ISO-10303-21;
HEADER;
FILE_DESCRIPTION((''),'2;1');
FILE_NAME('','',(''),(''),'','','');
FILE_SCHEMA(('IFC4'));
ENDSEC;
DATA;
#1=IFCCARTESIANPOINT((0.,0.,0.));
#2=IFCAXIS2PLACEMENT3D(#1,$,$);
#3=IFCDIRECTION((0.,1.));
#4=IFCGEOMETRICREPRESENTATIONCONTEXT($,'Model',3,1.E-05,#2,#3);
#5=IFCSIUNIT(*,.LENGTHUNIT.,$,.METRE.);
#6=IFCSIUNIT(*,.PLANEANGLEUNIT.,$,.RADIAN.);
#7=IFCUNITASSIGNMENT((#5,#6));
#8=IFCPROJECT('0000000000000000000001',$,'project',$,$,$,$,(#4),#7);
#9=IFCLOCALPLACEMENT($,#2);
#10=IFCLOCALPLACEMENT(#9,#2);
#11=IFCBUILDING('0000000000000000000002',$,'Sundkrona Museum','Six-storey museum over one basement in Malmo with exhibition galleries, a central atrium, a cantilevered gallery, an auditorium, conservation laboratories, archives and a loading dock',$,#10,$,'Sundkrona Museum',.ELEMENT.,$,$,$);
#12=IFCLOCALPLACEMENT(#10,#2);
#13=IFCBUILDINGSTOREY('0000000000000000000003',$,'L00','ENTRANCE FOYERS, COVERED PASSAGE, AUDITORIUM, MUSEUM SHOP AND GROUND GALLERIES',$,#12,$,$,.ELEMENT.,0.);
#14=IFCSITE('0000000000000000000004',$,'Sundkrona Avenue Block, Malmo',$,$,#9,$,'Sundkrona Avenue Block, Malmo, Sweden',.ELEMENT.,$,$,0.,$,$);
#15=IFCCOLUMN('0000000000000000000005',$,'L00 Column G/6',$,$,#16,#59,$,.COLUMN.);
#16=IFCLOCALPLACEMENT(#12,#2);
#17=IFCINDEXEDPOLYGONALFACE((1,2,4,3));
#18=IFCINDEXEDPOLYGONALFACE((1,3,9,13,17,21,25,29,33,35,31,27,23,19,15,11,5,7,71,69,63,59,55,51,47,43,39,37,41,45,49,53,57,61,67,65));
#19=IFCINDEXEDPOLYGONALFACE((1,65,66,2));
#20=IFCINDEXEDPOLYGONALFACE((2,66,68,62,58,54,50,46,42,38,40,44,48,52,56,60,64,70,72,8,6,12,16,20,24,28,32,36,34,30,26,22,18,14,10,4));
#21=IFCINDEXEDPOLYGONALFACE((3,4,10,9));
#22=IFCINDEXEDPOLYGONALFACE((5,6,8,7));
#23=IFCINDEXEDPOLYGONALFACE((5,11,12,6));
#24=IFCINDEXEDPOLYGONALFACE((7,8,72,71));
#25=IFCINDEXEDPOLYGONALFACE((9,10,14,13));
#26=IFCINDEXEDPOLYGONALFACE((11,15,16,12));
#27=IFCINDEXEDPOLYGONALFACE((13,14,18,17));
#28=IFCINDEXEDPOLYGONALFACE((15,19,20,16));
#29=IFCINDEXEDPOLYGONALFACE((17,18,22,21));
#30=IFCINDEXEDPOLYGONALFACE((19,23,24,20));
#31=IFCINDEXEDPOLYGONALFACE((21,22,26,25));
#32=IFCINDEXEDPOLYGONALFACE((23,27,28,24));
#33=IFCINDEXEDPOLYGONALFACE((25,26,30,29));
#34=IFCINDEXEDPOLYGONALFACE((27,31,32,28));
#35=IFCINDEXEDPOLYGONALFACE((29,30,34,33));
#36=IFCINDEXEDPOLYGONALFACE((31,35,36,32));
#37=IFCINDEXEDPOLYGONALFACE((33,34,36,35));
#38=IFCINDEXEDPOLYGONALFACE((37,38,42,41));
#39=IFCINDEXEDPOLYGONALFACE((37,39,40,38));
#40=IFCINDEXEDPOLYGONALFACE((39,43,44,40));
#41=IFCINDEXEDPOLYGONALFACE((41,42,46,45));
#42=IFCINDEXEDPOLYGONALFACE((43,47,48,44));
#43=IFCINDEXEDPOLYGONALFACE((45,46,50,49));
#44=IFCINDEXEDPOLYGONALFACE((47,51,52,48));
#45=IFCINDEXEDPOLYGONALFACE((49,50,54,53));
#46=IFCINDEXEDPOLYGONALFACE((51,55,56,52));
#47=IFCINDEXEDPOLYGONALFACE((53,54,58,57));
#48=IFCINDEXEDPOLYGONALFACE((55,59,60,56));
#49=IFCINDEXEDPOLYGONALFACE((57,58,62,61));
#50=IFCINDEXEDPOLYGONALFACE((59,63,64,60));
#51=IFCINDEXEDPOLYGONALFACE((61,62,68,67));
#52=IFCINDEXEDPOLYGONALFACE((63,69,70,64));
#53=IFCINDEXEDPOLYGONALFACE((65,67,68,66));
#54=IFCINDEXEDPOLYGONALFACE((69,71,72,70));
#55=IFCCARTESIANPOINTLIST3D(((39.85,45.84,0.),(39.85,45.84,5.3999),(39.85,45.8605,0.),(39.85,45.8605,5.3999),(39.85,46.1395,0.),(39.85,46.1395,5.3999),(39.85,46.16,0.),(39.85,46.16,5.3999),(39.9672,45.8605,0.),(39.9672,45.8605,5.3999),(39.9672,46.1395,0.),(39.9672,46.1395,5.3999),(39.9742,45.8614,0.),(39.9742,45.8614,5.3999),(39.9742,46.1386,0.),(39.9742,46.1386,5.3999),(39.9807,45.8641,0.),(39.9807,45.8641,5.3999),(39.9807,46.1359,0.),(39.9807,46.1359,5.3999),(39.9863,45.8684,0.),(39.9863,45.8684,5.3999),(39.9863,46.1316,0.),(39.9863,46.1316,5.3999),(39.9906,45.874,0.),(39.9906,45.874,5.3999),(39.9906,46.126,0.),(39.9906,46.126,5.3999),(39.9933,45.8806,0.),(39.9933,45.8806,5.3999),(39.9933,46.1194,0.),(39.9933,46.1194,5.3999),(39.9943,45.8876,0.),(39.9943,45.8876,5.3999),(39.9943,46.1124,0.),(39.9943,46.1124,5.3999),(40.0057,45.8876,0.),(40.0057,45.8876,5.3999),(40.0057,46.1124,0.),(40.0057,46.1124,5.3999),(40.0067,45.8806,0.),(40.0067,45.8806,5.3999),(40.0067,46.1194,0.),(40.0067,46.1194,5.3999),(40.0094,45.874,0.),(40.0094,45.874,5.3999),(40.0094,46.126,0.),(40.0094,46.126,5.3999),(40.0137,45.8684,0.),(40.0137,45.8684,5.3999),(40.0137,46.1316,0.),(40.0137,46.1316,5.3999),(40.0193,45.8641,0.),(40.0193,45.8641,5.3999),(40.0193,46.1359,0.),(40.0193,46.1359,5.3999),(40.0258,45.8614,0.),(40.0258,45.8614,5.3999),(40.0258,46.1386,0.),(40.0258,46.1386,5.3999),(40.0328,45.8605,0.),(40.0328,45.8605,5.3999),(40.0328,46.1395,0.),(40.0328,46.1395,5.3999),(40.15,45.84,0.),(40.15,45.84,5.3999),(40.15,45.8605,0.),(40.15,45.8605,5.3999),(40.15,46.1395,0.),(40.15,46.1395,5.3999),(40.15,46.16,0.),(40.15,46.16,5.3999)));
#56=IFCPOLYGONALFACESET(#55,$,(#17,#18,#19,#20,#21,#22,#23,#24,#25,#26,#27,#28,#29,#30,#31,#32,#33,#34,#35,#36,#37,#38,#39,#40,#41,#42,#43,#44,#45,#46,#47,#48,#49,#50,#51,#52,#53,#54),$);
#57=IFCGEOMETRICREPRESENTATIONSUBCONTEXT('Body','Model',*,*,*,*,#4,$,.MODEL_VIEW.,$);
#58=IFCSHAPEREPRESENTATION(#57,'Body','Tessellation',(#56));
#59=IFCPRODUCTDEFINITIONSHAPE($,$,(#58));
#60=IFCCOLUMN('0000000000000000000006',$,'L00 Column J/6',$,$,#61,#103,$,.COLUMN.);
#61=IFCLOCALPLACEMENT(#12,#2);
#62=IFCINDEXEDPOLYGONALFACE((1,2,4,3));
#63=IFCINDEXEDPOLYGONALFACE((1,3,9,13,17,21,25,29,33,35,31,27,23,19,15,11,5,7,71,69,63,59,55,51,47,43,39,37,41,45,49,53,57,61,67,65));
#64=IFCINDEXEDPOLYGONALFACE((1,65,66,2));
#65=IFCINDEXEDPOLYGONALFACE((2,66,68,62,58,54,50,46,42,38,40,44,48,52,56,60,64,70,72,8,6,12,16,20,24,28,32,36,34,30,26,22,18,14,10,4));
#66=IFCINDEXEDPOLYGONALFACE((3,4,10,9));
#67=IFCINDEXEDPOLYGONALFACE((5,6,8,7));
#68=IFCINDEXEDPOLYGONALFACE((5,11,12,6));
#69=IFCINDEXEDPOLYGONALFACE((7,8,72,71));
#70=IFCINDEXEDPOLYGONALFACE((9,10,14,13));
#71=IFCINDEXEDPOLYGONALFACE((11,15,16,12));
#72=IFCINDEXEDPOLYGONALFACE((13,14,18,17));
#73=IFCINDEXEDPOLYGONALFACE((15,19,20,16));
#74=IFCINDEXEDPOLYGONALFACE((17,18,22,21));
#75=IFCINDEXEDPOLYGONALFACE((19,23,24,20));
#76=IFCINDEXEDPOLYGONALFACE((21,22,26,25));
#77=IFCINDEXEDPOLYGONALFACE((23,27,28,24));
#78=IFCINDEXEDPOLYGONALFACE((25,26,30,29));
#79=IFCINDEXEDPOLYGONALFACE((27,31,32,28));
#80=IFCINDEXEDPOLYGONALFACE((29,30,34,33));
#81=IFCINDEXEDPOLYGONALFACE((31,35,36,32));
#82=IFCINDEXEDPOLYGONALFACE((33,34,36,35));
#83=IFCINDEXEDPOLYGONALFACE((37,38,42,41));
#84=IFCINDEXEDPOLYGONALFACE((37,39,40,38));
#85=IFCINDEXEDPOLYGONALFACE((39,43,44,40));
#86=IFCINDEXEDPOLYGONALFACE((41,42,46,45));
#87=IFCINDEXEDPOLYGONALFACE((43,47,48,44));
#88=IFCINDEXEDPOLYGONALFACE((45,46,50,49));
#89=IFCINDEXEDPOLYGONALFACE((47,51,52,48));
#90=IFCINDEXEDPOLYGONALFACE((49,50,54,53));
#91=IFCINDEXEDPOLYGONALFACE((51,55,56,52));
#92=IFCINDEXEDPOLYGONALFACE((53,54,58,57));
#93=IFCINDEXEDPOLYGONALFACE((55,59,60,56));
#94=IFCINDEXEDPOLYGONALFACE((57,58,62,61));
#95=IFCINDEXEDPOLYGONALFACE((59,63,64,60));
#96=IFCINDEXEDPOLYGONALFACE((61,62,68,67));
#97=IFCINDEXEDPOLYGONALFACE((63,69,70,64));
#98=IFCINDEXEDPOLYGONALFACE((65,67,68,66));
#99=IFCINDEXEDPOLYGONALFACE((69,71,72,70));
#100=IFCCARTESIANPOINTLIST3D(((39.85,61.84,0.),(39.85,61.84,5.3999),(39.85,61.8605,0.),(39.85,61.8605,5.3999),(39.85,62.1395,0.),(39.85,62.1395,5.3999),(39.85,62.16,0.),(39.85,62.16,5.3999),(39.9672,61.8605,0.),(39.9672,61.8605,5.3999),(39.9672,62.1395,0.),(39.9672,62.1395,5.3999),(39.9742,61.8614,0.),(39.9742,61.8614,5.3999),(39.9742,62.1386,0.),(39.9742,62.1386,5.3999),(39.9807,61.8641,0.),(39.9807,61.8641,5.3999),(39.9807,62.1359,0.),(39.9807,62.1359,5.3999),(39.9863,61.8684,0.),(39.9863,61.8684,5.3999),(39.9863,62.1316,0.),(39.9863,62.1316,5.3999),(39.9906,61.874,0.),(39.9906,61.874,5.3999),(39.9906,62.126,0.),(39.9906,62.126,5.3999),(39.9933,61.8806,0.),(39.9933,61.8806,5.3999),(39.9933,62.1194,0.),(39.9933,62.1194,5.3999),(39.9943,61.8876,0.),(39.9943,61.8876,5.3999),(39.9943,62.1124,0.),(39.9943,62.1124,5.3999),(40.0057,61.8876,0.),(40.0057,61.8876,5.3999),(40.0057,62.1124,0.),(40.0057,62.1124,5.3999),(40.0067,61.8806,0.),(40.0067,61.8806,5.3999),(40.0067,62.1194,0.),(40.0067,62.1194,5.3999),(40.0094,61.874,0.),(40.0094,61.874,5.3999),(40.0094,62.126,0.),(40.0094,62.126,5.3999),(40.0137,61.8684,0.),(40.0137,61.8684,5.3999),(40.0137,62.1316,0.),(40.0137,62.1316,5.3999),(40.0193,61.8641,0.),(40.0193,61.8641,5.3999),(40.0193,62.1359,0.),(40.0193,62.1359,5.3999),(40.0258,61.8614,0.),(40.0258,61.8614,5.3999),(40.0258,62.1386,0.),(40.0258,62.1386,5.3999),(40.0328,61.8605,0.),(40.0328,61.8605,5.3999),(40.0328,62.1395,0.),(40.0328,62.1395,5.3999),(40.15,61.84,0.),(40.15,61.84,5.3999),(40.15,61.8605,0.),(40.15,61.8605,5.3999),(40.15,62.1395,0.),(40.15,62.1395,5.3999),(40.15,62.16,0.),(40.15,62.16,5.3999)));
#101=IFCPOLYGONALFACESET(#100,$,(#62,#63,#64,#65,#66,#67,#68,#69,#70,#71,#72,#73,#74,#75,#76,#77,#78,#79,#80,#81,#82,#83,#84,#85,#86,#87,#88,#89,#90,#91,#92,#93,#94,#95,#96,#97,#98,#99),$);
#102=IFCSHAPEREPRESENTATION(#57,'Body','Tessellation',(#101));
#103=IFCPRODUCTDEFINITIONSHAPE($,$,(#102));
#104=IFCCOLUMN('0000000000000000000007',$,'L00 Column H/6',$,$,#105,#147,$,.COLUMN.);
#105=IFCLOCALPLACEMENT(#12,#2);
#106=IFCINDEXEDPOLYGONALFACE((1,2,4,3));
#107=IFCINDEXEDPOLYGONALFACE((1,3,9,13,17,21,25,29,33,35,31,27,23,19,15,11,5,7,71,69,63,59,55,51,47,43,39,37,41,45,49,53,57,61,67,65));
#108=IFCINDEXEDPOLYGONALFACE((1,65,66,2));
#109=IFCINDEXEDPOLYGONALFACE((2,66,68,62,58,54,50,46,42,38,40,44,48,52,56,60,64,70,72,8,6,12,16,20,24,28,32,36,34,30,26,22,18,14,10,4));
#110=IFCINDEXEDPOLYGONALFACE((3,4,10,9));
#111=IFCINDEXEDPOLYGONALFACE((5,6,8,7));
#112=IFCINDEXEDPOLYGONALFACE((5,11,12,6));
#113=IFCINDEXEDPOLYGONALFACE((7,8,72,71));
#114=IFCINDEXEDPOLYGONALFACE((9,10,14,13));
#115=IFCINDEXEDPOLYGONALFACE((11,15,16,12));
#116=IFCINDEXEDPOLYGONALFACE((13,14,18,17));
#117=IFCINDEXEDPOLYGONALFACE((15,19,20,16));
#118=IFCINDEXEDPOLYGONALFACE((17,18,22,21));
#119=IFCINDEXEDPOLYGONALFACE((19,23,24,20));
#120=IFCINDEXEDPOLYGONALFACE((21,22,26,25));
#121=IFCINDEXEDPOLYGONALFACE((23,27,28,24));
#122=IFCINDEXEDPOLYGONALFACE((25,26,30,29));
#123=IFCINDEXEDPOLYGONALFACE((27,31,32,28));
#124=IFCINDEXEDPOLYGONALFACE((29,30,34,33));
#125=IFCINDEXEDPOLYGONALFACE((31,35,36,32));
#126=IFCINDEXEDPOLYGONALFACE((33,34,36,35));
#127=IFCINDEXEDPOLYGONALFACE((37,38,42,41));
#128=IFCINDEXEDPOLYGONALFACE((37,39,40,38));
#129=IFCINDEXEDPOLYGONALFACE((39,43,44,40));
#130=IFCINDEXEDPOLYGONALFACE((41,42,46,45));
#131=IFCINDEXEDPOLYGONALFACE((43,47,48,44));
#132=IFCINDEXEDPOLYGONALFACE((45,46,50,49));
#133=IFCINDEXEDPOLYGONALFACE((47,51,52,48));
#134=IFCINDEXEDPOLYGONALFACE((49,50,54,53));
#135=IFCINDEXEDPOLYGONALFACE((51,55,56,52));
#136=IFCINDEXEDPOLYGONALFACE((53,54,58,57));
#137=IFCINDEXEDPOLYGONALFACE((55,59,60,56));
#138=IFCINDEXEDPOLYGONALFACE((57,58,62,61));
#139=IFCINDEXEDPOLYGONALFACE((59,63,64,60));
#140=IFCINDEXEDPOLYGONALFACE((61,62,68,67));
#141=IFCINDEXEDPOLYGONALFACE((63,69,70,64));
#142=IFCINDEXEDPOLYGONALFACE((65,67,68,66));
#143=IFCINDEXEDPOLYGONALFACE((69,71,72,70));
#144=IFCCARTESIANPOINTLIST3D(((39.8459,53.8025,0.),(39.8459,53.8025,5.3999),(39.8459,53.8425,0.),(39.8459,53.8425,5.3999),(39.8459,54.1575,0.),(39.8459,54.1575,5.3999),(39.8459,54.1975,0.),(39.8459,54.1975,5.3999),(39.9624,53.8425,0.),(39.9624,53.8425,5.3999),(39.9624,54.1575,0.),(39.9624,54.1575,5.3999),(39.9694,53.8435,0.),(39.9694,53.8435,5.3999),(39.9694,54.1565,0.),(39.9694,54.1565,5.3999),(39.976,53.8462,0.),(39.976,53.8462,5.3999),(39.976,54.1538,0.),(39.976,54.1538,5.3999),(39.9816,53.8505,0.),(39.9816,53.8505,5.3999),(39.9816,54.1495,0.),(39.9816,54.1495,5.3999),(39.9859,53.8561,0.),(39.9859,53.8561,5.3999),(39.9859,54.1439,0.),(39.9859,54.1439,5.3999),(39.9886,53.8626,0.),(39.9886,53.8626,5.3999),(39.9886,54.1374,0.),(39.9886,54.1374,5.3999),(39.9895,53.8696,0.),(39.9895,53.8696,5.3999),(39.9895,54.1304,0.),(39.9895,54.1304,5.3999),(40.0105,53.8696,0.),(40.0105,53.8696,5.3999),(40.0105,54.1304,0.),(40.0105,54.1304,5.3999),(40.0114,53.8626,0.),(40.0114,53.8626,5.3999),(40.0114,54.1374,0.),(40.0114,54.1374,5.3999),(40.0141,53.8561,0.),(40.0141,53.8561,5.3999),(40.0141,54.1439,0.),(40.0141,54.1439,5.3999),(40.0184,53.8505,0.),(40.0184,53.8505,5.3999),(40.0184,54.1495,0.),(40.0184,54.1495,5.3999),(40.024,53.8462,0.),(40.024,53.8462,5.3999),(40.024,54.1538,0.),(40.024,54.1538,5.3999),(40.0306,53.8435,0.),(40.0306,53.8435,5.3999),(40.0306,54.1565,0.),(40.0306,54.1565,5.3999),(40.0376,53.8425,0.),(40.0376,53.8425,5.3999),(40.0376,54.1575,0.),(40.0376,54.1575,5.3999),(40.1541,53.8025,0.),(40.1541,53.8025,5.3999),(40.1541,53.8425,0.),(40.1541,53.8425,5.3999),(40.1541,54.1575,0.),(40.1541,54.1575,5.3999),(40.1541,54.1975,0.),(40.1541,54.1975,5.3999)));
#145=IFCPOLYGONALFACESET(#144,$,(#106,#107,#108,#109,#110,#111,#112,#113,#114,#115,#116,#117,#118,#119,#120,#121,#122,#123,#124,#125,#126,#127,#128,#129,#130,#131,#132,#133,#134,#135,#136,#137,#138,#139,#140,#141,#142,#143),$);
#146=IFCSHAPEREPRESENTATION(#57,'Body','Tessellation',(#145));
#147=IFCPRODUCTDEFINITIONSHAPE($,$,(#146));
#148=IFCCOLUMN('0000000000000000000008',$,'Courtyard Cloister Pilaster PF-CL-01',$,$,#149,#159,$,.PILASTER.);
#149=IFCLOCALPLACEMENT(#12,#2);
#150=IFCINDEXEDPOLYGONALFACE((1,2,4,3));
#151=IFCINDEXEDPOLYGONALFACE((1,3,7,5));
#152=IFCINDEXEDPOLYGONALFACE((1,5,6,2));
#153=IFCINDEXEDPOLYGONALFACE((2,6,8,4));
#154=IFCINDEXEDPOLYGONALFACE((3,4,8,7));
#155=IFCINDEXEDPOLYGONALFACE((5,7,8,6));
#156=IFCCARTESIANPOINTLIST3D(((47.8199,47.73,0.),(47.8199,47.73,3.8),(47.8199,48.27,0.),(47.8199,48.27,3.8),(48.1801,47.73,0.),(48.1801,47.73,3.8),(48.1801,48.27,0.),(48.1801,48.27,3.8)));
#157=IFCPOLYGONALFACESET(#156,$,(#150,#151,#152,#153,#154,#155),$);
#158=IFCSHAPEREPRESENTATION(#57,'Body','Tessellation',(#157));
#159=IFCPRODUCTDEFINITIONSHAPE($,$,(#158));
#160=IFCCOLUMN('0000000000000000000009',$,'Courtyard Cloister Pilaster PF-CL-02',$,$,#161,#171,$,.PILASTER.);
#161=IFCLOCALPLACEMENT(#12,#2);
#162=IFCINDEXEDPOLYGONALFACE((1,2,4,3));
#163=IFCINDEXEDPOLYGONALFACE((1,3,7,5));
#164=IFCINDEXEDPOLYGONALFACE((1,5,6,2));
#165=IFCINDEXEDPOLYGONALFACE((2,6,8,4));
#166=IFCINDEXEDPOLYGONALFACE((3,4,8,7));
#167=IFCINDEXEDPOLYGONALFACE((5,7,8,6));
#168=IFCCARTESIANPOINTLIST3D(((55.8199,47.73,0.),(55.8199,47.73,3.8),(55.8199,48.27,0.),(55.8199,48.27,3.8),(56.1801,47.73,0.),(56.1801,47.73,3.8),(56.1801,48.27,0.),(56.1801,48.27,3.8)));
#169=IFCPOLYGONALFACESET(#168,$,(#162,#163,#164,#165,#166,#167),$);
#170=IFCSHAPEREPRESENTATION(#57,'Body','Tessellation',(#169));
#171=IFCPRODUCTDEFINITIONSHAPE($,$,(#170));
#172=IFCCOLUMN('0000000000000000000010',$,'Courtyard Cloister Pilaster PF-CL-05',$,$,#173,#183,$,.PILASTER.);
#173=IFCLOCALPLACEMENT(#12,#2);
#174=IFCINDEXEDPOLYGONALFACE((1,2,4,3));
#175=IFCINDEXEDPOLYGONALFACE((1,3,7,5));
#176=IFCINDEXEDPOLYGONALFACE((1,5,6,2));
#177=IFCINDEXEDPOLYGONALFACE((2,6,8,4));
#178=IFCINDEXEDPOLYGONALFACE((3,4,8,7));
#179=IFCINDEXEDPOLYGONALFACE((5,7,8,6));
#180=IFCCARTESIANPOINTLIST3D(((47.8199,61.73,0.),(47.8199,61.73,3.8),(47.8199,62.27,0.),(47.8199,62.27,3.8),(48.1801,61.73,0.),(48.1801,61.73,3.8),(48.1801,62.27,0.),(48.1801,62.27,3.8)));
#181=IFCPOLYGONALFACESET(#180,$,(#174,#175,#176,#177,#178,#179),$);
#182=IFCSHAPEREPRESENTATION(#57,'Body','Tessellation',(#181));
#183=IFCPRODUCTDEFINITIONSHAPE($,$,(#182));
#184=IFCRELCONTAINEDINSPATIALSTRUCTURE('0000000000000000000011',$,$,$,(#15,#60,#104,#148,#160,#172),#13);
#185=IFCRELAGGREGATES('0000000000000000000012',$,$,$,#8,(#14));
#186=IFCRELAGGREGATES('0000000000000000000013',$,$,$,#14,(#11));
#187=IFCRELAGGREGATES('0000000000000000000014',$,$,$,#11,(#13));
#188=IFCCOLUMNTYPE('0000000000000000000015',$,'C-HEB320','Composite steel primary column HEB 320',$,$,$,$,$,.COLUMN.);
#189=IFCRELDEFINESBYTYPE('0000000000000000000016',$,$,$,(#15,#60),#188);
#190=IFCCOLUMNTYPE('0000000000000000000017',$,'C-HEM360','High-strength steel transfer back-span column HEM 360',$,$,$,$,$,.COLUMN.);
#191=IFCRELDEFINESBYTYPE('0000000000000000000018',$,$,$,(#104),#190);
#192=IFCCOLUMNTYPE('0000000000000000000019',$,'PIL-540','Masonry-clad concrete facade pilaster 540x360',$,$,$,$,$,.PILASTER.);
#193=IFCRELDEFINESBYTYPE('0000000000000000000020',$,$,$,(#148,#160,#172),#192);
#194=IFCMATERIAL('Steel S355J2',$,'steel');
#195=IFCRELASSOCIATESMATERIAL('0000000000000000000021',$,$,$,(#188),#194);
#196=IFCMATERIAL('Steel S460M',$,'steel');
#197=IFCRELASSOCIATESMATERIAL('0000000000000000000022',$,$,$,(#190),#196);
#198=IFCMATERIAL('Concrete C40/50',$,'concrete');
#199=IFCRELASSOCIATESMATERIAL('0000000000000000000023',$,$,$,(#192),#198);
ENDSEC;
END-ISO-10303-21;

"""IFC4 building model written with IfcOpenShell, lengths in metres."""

from ifc_helpers import new_model, si_unit, direction, frame, origin, origin_2d, place, context, subcontext, project, spatial, rectangle, i_section, extrude, material, material_profile, profile_set, type_object, element, save


model = new_model("IFC4")

# Units and contexts
model_context = context("Model", 3, precision=1e-05, world=origin(), true_north=direction((0.0, 1.0)))
body_context = subcontext(model_context, "Body", "Model", "MODEL_VIEW")
ifc_project = project(units=[si_unit("LENGTHUNIT", "METRE"), si_unit("PLANEANGLEUNIT", "RADIAN")], contexts=[model_context])

# Site, building, storey
site_placement = place(None, origin())
site = spatial("IfcSite", under=ifc_project, at=site_placement, Name="Sundkrona Avenue Block, Malmo", LongName="Sundkrona Avenue Block, Malmo, Sweden", CompositionType="ELEMENT", RefElevation=0.0)
building_placement = place(site_placement, origin())
building = spatial("IfcBuilding", under=site, at=building_placement, Name="Sundkrona Museum", Description="Six-storey museum over one basement in Malmo with exhibition galleries, a central atrium, a cantilevered gallery, an auditorium, conservation laboratories, archives and a loading dock", LongName="Sundkrona Museum", CompositionType="ELEMENT")
storey_placement = place(building_placement, origin())
storey = spatial("IfcBuildingStorey", under=building, at=storey_placement, Name="L00", Description="ENTRANCE FOYERS, COVERED PASSAGE, AUDITORIUM, MUSEUM SHOP AND GROUND GALLERIES", CompositionType="ELEMENT", Elevation=0.0)

# Columns
ifc_material_1 = material(Name="Steel S355J2", Category="steel")
ifc_material_profile_1 = material_profile(ifc_material_1, i_section(OverallWidth=0.3, OverallDepth=0.3201, WebThickness=0.0115, FlangeThickness=0.0205, FilletRadius=0.0271, at=origin_2d()), Name="HEB 320")
ifc_profile_set_1 = profile_set([ifc_material_profile_1], Name="Steel S355J2")
column_type_1 = type_object("IfcColumnType", Name="C-HEB320", Description="Composite steel primary column HEB 320", PredefinedType="COLUMN", material=ifc_profile_set_1)
for number, where, z_axis, x_axis, name in (
    (1, (40.0, 46.0, 0.0), (0.0, 0.0, 1.0), (1.0, 0.0, 0.0), "L00 Column G/6"),
    (2, (40.0, 62.0, 0.0), (0.0, 0.0, 1.0), (1.0, 0.0, 0.0), "L00 Column J/6"),
):
    element("IfcColumn", number, at=place(storey_placement, frame(where, z_axis=z_axis, x_axis=x_axis)), inside=storey, type_object=column_type_1, Name=name, PredefinedType="COLUMN", context=body_context, shape_type="SweptSolid", body=[
        extrude(i_section(OverallWidth=0.3, OverallDepth=0.3201, WebThickness=0.0115, FlangeThickness=0.0205, FilletRadius=0.0271, at=origin_2d()), origin(), (0.0, 0.0, 1.0), 5.3999),
    ])
ifc_material_2 = material(Name="Steel S460M", Category="steel")
ifc_material_profile_2 = material_profile(ifc_material_2, i_section(OverallWidth=0.3081, OverallDepth=0.395, WebThickness=0.021, FlangeThickness=0.04, FilletRadius=0.0271, at=origin_2d()), Name="HEM 360")
ifc_profile_set_2 = profile_set([ifc_material_profile_2], Name="Steel S460M")
column_type_2 = type_object("IfcColumnType", Name="C-HEM360", Description="High-strength steel transfer back-span column HEM 360", PredefinedType="COLUMN", material=ifc_profile_set_2)
column_placement = place(storey_placement, frame((40.0, 54.0, 0.0), z_axis=(0.0, 0.0, 1.0), x_axis=(1.0, 0.0, 0.0)))
element("IfcColumn", 3, at=column_placement, inside=storey, type_object=column_type_2, Name="L00 Column H/6", PredefinedType="COLUMN", context=body_context, shape_type="SweptSolid", body=[
    extrude(i_section(OverallWidth=0.3081, OverallDepth=0.395, WebThickness=0.021, FlangeThickness=0.04, FilletRadius=0.0271, at=origin_2d()), origin(), (0.0, 0.0, 1.0), 5.3999),
])
ifc_material_3 = material(Name="Concrete C40/50", Category="concrete")
ifc_material_profile_3 = material_profile(ifc_material_3, rectangle(XDim=0.3601, YDim=0.54, at=origin_2d()), Name="RC 540x360")
ifc_profile_set_3 = profile_set([ifc_material_profile_3], Name="Concrete C40/50")
column_type_3 = type_object("IfcColumnType", Name="PIL-540", Description="Masonry-clad concrete facade pilaster 540x360", PredefinedType="PILASTER", material=ifc_profile_set_3)
for number, where, z_axis, x_axis, name in (
    (4, (48.0, 48.0, 0.0), (0.0, 0.0, 1.0), (1.0, 0.0, 0.0), "Courtyard Cloister Pilaster PF-CL-01"),
    (5, (56.0, 48.0, 0.0), (0.0, 0.0, 1.0), (1.0, 0.0, 0.0), "Courtyard Cloister Pilaster PF-CL-02"),
    (6, (48.0, 62.0, 0.0), (0.0, 0.0, 1.0), (1.0, 0.0, 0.0), "Courtyard Cloister Pilaster PF-CL-05"),
):
    element("IfcColumn", number, at=place(storey_placement, frame(where, z_axis=z_axis, x_axis=x_axis)), inside=storey, type_object=column_type_3, Name=name, PredefinedType="PILASTER", context=body_context, shape_type="SweptSolid", body=[
        extrude(rectangle(XDim=0.3601, YDim=0.54, at=origin_2d()), origin(), (0.0, 0.0, 1.0), 3.8),
    ])

save(model, "model.ifc")
